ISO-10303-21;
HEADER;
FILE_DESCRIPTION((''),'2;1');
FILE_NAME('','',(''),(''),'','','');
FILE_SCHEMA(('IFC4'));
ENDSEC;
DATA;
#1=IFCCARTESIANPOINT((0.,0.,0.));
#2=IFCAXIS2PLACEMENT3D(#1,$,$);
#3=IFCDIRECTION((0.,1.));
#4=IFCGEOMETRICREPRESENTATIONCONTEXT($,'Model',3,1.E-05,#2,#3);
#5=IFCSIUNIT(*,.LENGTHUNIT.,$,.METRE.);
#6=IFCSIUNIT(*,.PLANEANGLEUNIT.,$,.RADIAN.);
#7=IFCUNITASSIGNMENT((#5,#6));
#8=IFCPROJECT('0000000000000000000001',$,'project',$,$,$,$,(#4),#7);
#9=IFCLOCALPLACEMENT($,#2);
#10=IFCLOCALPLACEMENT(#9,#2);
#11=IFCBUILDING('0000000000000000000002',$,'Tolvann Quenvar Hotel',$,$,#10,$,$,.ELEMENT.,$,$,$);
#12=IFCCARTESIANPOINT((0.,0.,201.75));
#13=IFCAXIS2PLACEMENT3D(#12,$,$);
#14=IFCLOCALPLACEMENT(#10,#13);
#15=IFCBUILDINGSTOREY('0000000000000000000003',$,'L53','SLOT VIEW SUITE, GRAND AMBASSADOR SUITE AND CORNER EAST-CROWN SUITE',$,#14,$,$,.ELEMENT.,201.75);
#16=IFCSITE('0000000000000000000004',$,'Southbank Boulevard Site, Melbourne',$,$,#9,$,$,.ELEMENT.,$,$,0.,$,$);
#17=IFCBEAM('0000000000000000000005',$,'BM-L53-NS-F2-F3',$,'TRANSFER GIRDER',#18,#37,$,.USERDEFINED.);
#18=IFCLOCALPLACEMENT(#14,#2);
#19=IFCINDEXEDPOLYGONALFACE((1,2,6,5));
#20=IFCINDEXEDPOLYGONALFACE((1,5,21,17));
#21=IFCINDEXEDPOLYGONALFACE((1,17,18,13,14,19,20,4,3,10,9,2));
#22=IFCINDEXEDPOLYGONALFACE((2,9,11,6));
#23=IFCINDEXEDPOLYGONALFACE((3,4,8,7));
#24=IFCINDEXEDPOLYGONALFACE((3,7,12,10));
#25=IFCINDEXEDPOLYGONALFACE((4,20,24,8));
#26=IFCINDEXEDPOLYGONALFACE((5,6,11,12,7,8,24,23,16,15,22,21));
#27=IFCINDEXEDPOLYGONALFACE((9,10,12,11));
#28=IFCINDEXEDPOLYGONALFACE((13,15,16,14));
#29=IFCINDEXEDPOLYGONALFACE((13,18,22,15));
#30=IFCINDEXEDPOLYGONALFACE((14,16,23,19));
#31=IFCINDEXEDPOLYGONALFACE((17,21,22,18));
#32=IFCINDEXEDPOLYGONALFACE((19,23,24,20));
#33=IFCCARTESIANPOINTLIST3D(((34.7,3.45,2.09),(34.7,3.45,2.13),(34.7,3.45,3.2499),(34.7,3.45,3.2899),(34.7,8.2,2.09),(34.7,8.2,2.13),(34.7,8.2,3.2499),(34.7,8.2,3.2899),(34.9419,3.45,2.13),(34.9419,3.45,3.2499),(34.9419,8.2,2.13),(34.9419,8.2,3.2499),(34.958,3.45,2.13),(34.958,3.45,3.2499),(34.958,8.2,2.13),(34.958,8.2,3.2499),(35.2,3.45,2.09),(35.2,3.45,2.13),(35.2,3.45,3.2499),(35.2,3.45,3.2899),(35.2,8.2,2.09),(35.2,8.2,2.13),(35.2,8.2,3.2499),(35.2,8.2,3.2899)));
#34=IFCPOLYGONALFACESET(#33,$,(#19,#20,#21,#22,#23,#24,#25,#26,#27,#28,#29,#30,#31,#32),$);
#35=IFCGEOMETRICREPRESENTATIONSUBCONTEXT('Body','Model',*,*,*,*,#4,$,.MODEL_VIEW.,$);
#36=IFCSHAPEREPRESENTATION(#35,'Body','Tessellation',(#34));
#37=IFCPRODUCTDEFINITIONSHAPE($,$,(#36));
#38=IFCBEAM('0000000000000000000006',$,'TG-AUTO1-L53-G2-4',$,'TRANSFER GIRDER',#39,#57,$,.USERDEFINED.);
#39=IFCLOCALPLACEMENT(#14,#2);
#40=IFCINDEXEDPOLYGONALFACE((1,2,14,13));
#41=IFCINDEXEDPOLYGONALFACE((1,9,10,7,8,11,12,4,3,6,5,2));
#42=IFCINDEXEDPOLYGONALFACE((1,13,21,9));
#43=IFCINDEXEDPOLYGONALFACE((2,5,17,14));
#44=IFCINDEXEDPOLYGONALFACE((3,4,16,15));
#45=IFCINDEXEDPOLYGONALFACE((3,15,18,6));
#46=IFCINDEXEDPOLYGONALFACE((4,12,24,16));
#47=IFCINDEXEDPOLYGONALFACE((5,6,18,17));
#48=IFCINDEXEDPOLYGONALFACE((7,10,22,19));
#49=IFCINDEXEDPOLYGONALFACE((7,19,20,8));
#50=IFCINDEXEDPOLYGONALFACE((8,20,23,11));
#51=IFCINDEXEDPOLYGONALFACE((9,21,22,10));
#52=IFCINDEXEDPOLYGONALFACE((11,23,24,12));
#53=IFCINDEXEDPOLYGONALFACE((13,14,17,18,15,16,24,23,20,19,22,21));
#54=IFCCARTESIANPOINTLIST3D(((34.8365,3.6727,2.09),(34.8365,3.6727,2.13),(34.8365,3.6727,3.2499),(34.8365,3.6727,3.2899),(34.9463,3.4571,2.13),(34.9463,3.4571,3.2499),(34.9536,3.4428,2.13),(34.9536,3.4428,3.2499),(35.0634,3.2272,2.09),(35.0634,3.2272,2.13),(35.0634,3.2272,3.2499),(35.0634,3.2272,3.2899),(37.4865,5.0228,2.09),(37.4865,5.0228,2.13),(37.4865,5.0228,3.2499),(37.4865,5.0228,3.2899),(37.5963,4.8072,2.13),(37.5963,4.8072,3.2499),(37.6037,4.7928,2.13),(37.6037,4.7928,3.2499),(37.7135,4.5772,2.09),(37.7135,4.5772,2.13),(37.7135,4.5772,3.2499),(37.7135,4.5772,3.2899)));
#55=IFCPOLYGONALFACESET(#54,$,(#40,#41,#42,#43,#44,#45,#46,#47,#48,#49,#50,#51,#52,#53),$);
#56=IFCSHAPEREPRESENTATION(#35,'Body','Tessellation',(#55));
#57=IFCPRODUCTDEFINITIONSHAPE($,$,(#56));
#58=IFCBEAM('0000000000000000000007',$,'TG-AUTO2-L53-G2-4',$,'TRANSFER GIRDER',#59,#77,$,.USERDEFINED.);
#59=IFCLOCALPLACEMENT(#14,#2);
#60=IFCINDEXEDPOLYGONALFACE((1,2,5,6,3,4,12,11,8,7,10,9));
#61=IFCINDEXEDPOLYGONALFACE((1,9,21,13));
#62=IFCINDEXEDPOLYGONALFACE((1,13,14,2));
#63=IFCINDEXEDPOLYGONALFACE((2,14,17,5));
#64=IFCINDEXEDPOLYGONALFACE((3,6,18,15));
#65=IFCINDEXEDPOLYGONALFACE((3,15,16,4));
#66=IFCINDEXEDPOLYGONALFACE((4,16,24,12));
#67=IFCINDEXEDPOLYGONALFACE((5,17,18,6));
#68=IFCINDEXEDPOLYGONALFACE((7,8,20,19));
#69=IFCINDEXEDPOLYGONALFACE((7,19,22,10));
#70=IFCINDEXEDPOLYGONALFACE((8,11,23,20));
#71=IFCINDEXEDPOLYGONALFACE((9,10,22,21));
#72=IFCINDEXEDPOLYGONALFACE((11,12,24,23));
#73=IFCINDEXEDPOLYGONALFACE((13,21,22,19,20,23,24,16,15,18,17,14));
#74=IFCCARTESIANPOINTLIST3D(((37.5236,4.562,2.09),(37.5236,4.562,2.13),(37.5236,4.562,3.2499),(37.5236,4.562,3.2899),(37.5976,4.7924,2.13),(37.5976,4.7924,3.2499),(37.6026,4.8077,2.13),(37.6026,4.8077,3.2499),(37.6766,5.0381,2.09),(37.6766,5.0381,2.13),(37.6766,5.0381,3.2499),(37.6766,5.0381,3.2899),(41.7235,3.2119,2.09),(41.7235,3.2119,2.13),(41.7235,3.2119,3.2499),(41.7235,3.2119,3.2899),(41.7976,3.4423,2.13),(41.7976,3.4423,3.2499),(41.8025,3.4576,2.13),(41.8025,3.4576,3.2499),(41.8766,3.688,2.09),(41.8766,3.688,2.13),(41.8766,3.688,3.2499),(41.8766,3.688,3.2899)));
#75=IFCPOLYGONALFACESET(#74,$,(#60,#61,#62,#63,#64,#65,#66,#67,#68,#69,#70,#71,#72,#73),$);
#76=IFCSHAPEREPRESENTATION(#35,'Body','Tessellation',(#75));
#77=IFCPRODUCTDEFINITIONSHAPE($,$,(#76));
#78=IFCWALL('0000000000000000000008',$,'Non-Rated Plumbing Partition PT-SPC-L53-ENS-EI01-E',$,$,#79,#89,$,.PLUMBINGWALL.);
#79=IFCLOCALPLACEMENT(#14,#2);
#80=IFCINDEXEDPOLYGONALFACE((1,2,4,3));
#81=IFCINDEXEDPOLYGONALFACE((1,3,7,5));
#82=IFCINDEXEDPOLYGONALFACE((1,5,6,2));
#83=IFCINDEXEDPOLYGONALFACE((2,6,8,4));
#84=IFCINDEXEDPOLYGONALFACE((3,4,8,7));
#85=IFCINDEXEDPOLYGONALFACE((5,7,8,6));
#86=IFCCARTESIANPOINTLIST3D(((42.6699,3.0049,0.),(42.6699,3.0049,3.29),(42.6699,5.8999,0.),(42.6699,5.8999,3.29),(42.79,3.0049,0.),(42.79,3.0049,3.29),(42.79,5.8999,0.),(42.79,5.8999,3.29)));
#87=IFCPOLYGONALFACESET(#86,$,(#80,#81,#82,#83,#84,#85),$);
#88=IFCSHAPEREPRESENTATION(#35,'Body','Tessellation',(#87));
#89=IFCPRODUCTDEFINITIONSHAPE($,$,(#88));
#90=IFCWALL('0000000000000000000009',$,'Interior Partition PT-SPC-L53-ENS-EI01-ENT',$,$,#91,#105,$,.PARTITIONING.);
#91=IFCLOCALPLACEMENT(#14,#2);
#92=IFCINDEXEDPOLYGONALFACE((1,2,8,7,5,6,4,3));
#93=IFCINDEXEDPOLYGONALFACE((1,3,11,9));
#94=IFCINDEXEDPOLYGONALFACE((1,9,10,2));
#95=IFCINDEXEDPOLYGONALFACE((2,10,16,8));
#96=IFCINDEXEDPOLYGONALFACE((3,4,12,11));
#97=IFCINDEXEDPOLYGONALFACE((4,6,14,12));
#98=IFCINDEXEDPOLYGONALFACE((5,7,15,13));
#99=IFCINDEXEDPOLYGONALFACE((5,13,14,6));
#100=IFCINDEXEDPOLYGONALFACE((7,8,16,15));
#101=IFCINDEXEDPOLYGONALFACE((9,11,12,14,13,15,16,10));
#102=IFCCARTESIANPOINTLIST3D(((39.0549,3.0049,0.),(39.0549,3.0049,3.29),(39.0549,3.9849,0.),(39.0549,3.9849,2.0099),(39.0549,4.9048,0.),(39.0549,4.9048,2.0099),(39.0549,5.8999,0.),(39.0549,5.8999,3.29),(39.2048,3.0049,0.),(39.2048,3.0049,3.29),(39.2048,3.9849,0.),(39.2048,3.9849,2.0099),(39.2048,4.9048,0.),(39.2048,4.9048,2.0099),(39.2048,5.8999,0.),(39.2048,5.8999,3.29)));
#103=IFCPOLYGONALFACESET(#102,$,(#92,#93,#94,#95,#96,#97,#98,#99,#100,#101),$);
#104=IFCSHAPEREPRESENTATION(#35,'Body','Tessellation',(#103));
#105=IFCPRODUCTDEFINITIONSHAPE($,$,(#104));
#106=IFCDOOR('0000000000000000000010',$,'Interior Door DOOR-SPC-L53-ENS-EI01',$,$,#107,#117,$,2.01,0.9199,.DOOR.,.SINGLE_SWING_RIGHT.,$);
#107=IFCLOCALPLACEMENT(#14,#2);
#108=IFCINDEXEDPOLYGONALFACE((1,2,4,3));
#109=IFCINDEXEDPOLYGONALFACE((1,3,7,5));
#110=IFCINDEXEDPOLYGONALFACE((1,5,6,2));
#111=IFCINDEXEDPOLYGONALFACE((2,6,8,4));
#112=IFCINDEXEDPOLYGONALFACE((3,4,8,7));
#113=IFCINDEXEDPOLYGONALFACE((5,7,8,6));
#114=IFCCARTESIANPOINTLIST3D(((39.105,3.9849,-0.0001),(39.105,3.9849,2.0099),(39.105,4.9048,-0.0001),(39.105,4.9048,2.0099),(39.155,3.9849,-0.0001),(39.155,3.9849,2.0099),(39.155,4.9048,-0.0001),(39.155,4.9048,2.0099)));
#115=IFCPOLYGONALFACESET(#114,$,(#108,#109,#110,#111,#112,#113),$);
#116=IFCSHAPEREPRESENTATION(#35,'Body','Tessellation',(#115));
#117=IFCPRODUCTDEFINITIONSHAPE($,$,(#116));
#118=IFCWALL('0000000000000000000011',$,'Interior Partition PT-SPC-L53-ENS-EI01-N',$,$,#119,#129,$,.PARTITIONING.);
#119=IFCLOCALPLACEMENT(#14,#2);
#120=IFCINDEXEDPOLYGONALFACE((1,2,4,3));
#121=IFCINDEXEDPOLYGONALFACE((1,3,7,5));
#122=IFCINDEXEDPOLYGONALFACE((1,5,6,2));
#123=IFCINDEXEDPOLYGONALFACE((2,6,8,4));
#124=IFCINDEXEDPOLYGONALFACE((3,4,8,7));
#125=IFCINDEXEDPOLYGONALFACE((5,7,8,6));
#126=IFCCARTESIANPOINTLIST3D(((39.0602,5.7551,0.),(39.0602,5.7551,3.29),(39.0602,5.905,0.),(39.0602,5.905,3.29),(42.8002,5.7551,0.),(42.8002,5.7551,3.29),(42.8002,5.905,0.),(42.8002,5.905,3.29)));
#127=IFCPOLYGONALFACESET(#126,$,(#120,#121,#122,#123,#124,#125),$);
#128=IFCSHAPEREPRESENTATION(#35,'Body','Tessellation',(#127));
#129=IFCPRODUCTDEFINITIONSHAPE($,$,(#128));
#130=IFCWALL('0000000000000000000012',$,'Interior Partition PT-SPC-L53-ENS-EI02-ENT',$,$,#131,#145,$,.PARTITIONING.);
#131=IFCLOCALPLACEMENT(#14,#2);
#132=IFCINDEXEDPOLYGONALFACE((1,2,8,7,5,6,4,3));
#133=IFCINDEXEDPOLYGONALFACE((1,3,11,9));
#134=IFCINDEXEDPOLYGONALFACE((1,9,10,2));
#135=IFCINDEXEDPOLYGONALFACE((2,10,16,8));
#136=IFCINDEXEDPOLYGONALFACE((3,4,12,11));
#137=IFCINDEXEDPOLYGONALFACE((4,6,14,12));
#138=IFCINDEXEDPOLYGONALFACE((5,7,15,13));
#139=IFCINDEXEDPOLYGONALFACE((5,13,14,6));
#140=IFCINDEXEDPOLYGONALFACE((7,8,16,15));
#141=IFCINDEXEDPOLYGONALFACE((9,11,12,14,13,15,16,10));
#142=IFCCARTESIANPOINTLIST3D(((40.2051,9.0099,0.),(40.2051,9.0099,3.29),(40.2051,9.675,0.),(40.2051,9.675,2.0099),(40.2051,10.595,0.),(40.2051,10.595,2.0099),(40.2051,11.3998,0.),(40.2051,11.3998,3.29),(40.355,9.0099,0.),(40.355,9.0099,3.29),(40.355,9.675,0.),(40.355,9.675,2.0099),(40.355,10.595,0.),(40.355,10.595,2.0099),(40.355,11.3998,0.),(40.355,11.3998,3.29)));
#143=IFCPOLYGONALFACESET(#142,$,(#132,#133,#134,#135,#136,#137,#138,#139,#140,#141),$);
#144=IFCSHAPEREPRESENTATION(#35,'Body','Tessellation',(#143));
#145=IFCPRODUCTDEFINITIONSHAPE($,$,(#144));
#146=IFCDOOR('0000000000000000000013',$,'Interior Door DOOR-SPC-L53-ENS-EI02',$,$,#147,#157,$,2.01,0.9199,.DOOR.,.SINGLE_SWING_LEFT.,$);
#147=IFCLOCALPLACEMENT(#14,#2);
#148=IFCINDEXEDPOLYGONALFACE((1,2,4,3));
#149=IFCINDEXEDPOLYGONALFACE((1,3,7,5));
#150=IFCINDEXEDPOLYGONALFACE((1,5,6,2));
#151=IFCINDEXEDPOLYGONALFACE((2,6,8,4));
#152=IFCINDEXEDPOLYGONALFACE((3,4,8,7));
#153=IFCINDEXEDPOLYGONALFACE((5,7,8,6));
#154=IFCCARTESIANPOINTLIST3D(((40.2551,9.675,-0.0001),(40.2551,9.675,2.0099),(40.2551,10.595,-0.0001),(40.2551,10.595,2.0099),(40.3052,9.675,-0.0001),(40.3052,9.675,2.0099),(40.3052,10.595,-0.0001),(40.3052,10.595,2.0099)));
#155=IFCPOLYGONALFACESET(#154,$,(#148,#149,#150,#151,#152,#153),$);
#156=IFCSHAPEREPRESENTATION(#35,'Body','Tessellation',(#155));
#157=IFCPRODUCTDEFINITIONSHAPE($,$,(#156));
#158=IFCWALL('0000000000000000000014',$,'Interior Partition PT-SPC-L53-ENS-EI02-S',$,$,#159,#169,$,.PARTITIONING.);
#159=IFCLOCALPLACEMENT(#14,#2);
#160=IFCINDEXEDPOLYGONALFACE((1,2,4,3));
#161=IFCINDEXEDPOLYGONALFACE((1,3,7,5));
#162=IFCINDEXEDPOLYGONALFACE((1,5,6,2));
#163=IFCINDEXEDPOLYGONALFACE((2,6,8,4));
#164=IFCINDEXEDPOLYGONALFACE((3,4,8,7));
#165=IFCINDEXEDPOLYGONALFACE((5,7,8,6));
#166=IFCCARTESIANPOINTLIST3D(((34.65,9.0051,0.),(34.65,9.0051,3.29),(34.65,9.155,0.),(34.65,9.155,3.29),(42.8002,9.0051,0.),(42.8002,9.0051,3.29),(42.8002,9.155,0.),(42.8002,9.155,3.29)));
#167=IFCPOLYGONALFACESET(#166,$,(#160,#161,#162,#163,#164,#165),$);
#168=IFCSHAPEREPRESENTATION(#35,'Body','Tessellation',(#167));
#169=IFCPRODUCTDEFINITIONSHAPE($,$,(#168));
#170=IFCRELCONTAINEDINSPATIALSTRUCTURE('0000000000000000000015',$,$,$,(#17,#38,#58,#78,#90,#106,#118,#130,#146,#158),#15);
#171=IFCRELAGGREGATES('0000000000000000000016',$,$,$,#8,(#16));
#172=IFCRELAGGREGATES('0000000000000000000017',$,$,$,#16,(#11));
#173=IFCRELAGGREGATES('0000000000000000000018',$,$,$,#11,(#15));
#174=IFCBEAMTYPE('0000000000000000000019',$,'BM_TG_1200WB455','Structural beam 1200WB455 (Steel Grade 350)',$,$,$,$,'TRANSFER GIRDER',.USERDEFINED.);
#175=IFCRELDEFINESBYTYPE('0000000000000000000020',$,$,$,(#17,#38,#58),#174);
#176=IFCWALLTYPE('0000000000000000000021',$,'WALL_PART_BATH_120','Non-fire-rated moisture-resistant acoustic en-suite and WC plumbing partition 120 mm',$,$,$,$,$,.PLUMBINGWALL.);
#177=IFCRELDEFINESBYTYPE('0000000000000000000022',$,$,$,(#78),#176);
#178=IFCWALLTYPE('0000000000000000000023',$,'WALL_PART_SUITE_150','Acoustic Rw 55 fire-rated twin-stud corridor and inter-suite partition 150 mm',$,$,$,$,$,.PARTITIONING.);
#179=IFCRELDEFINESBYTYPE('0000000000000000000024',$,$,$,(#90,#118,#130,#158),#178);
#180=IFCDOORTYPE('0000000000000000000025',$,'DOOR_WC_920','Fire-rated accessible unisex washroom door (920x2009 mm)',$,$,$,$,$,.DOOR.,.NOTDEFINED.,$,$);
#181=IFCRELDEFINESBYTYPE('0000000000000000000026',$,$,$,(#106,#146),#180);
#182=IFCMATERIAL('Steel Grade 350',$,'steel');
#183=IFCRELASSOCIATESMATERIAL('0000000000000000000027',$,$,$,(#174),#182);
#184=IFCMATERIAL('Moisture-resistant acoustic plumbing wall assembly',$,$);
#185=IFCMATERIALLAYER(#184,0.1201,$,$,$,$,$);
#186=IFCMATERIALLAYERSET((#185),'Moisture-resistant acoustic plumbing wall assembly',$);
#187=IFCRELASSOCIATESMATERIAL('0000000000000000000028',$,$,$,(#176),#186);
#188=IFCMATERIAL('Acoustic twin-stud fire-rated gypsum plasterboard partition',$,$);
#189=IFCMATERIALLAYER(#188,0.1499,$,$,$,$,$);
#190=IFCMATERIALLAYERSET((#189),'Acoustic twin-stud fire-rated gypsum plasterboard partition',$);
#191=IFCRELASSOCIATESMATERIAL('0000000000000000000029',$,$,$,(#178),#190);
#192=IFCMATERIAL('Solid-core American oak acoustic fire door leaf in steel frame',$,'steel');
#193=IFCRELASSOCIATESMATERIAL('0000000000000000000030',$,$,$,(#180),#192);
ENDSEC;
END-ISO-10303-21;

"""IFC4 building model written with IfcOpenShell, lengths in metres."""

from ifc_helpers import new_model, si_unit, direction, frame, frame_2d, origin, origin_2d, place, context, subcontext, project, spatial, rectangle, i_section, extrude, source, transform, mapped, material, layer, layer_set, material_profile, profile_set, type_object, type_shapes, element, fill, save


model = new_model("IFC4")

# Units and contexts
model_context = context("Model", 3, precision=1e-05, world=origin(), true_north=direction((0.0, 1.0)))
body_context = subcontext(model_context, "Body", "Model", "MODEL_VIEW")
ifc_project = project(units=[si_unit("LENGTHUNIT", "METRE"), si_unit("PLANEANGLEUNIT", "RADIAN")], contexts=[model_context])

# Site, building, storey
site_placement = place(None, origin())
site = spatial("IfcSite", under=ifc_project, at=site_placement, Name="Southbank Boulevard Site, Melbourne", CompositionType="ELEMENT", RefElevation=0.0)
building_placement = place(site_placement, origin())
building = spatial("IfcBuilding", under=site, at=building_placement, Name="Tolvann Quenvar Hotel", CompositionType="ELEMENT")
storey_placement = place(building_placement, frame((0.0, 0.0, 201.75)))
storey = spatial("IfcBuildingStorey", under=building, at=storey_placement, Name="L53", Description="SLOT VIEW SUITE, GRAND AMBASSADOR SUITE AND CORNER EAST-CROWN SUITE", CompositionType="ELEMENT", Elevation=201.75)

# Shared definitions
ifc_material_1 = material(Name="Steel Grade 350", Category="steel")

# Beams
ifc_material_profile_1 = material_profile(ifc_material_1, i_section(OverallWidth=0.5, OverallDepth=1.2, WebThickness=0.0161, FlangeThickness=0.04, at=origin_2d()), Name="1200WB455")
ifc_profile_set_1 = profile_set([ifc_material_profile_1], Name="Steel Grade 350")
beam_type = type_object("IfcBeamType", Name="BM_TG_1200WB455", Description="Structural beam 1200WB455 (Steel Grade 350)", ElementType="TRANSFER GIRDER", PredefinedType="USERDEFINED", material=ifc_profile_set_1)
shared_shape_1 = source(origin(), body_context, "Body", "SweptSolid", [
    extrude(i_section(OverallWidth=0.5, OverallDepth=1.2, WebThickness=0.0161, FlangeThickness=0.04, at=origin_2d()), origin(), (0.0, 0.0, 1.0), 4.75),
])
beam_1_placement = place(storey_placement, frame((34.95, 3.45, 2.6899), z_axis=(0.0, 1.0, 0.0), x_axis=(-1.0, 0.0, 0.0)))
element("IfcBeam", 1, at=beam_1_placement, inside=storey, type_object=beam_type, Name="BM-L53-NS-F2-F3", ObjectType="TRANSFER GIRDER", PredefinedType="USERDEFINED", context=body_context, shape_type="MappedRepresentation", body=[
    mapped(shared_shape_1, transform((0.0, 0.0, 0.0), x_axis=(1.0, 0.0, 0.0), y_axis=(0.0, 1.0, 0.0), z_axis=(0.0, 0.0, 1.0), scale=1.0)),
])
shared_shape_2 = source(origin(), body_context, "Body", "SweptSolid", [
    extrude(i_section(OverallWidth=0.5, OverallDepth=1.2, WebThickness=0.0161, FlangeThickness=0.04, at=origin_2d()), origin(), (0.0, 0.0, 1.0), 2.9741),
])
beam_2_placement = place(storey_placement, frame((34.95, 3.45, 2.6899), z_axis=(0.891036, 0.453932, 0.0), x_axis=(-0.453932, 0.891036, 0.0)))
element("IfcBeam", 2, at=beam_2_placement, inside=storey, type_object=beam_type, Name="TG-AUTO1-L53-G2-4", ObjectType="TRANSFER GIRDER", PredefinedType="USERDEFINED", context=body_context, shape_type="MappedRepresentation", body=[
    mapped(shared_shape_2, transform((0.0, 0.0, 0.0), x_axis=(1.0, 0.0, 0.0), y_axis=(0.0, 1.0, 0.0), z_axis=(0.0, 0.0, 1.0), scale=1.0)),
])
shared_shape_3 = source(origin(), body_context, "Body", "SweptSolid", [
    extrude(i_section(OverallWidth=0.5, OverallDepth=1.2, WebThickness=0.0161, FlangeThickness=0.04, at=origin_2d()), origin(), (0.0, 0.0, 1.0), 4.4116),
])
beam_3_placement = place(storey_placement, frame((37.6001, 4.8, 2.6899), z_axis=(0.952021, -0.306032, 0.0), x_axis=(0.306032, 0.952021, 0.0)))
element("IfcBeam", 3, at=beam_3_placement, inside=storey, type_object=beam_type, Name="TG-AUTO2-L53-G2-4", ObjectType="TRANSFER GIRDER", PredefinedType="USERDEFINED", context=body_context, shape_type="MappedRepresentation", body=[
    mapped(shared_shape_3, transform((0.0, 0.0, 0.0), x_axis=(1.0, 0.0, 0.0), y_axis=(0.0, 1.0, 0.0), z_axis=(0.0, 0.0, 1.0), scale=1.0)),
])

# Wall
ifc_material_2 = material(Name="Moisture-resistant acoustic plumbing wall assembly")
ifc_layer_1 = layer(ifc_material_2, 0.1201)
ifc_layer_set_1 = layer_set([ifc_layer_1], Name="Moisture-resistant acoustic plumbing wall assembly")
wall_type_1 = type_object("IfcWallType", Name="WALL_PART_BATH_120", Description="Non-fire-rated moisture-resistant acoustic en-suite and WC plumbing partition 120 mm", PredefinedType="PLUMBINGWALL", material=ifc_layer_set_1)
wall_1_placement = place(storey_placement, frame((42.73, 3.0049, 0.0), z_axis=(0.0, 0.0, 1.0), x_axis=(0.0, 1.0, 0.0)))
element("IfcWall", 4, at=wall_1_placement, inside=storey, type_object=wall_type_1, Name="Non-Rated Plumbing Partition PT-SPC-L53-ENS-EI01-E", PredefinedType="PLUMBINGWALL", context=body_context, shape_type="SweptSolid", body=[
    extrude(rectangle(XDim=2.895, YDim=0.1201, at=frame_2d((1.4475, 0.0))), origin(), (0.0, 0.0, 1.0), 3.29),
])

# Wall, opening, door
ifc_material_3 = material(Name="Acoustic twin-stud fire-rated gypsum plasterboard partition")
ifc_layer_2 = layer(ifc_material_3, 0.1499)
ifc_layer_set_2 = layer_set([ifc_layer_2], Name="Acoustic twin-stud fire-rated gypsum plasterboard partition")
wall_type_2 = type_object("IfcWallType", Name="WALL_PART_SUITE_150", Description="Acoustic Rw 55 fire-rated twin-stud corridor and inter-suite partition 150 mm", PredefinedType="PARTITIONING", material=ifc_layer_set_2)
wall_2_placement = place(storey_placement, frame((39.1299, 3.0049, 0.0), z_axis=(0.0, 0.0, 1.0), x_axis=(0.0, 1.0, 0.0)))
wall_2 = element("IfcWall", 5, at=wall_2_placement, inside=storey, type_object=wall_type_2, Name="Interior Partition PT-SPC-L53-ENS-EI01-ENT", PredefinedType="PARTITIONING", context=body_context, shape_type="SweptSolid", body=[
    extrude(rectangle(XDim=2.895, YDim=0.1499, at=frame_2d((1.4475, 0.0))), origin(), (0.0, 0.0, 1.0), 3.29),
])
opening_1_placement = place(wall_2_placement, frame((0.98, 0.0, 0.0)))
opening_1 = element("IfcOpeningElement", 6, at=opening_1_placement, cuts=wall_2, PredefinedType="OPENING", context=body_context, shape_type="SweptSolid", body=[
    extrude(rectangle(XDim=0.9199, YDim=2.01, at=frame_2d((0.46, 1.0049))), frame((0.0, 0.085, 0.0), z_axis=(0.0, -1.0, 0.0), x_axis=(1.0, 0.0, 0.0)), (0.0, 0.0, 1.0), 0.1699),
])
ifc_material_4 = material(Name="Solid-core American oak acoustic fire door leaf in steel frame", Category="steel")
door_type_1 = type_object("IfcDoorType", Name="DOOR_WC_920", Description="Fire-rated accessible unisex washroom door (920x2009 mm)", OperationType="NOTDEFINED", PredefinedType="DOOR", material=ifc_material_4)
shared_shape_4 = source(origin(), body_context, "Body", "SweptSolid", [
    extrude(rectangle(XDim=0.9199, YDim=2.01, at=frame_2d((0.46, 1.0049))), frame((0.0, 0.0249, 0.0), z_axis=(0.0, -1.0, 0.0), x_axis=(1.0, 0.0, 0.0)), (0.0, 0.0, 1.0), 0.05),
])
type_shapes(door_type_1, [shared_shape_4])
door_1_placement = place(opening_1_placement, origin())
door_1 = element("IfcDoor", 7, at=door_1_placement, inside=storey, type_object=door_type_1, Name="Interior Door DOOR-SPC-L53-ENS-EI01", OperationType="SINGLE_SWING_RIGHT", OverallHeight=2.01, OverallWidth=0.9199, PredefinedType="DOOR", context=body_context, shape_type="MappedRepresentation", body=[
    mapped(shared_shape_4, transform((0.0, 0.0, 0.0), x_axis=(1.0, 0.0, 0.0), y_axis=(0.0, 1.0, 0.0), z_axis=(0.0, 0.0, 1.0), scale=1.0)),
])
fill(opening_1, door_1)

# Wall
wall_3_placement = place(storey_placement, frame((39.0601, 5.8301, 0.0), z_axis=(0.0, 0.0, 1.0), x_axis=(1.0, 0.0, 0.0)))
element("IfcWall", 8, at=wall_3_placement, inside=storey, type_object=wall_type_2, Name="Interior Partition PT-SPC-L53-ENS-EI01-N", PredefinedType="PARTITIONING", context=body_context, shape_type="SweptSolid", body=[
    extrude(rectangle(XDim=3.74, YDim=0.1499, at=frame_2d((1.8701, 0.0))), origin(), (0.0, 0.0, 1.0), 3.29),
])

# Wall, opening, door
wall_4_placement = place(storey_placement, frame((40.28, 9.01, 0.0), z_axis=(0.0, 0.0, 1.0), x_axis=(0.0, 1.0, 0.0)))
wall_4 = element("IfcWall", 9, at=wall_4_placement, inside=storey, type_object=wall_type_2, Name="Interior Partition PT-SPC-L53-ENS-EI02-ENT", PredefinedType="PARTITIONING", context=body_context, shape_type="SweptSolid", body=[
    extrude(rectangle(XDim=2.3899, YDim=0.1499, at=frame_2d((1.1948, 0.0))), origin(), (0.0, 0.0, 1.0), 3.29),
])
opening_2_placement = place(wall_4_placement, frame((0.665, 0.0, 0.0)))
opening_2 = element("IfcOpeningElement", 10, at=opening_2_placement, cuts=wall_4, PredefinedType="OPENING", context=body_context, shape_type="SweptSolid", body=[
    extrude(rectangle(XDim=0.9199, YDim=2.01, at=frame_2d((0.46, 1.0049))), frame((0.0, 0.085, 0.0), z_axis=(0.0, -1.0, 0.0), x_axis=(1.0, 0.0, 0.0)), (0.0, 0.0, 1.0), 0.1699),
])
door_2_placement = place(opening_2_placement, origin())
door_2 = element("IfcDoor", 11, at=door_2_placement, inside=storey, type_object=door_type_1, Name="Interior Door DOOR-SPC-L53-ENS-EI02", OperationType="SINGLE_SWING_LEFT", OverallHeight=2.01, OverallWidth=0.9199, PredefinedType="DOOR", context=body_context, shape_type="MappedRepresentation", body=[
    mapped(shared_shape_4, transform((0.0, 0.0, 0.0), x_axis=(1.0, 0.0, 0.0), y_axis=(0.0, 1.0, 0.0), z_axis=(0.0, 0.0, 1.0), scale=1.0)),
])
fill(opening_2, door_2)

# Wall
wall_5_placement = place(storey_placement, frame((34.6499, 9.0801, 0.0), z_axis=(0.0, 0.0, 1.0), x_axis=(1.0, 0.0, 0.0)))
element("IfcWall", 12, at=wall_5_placement, inside=storey, type_object=wall_type_2, Name="Interior Partition PT-SPC-L53-ENS-EI02-S", PredefinedType="PARTITIONING", context=body_context, shape_type="SweptSolid", body=[
    extrude(rectangle(XDim=8.1501, YDim=0.1499, at=frame_2d((4.0752, 0.0))), origin(), (0.0, 0.0, 1.0), 3.29),
])

save(model, "model.ifc")
